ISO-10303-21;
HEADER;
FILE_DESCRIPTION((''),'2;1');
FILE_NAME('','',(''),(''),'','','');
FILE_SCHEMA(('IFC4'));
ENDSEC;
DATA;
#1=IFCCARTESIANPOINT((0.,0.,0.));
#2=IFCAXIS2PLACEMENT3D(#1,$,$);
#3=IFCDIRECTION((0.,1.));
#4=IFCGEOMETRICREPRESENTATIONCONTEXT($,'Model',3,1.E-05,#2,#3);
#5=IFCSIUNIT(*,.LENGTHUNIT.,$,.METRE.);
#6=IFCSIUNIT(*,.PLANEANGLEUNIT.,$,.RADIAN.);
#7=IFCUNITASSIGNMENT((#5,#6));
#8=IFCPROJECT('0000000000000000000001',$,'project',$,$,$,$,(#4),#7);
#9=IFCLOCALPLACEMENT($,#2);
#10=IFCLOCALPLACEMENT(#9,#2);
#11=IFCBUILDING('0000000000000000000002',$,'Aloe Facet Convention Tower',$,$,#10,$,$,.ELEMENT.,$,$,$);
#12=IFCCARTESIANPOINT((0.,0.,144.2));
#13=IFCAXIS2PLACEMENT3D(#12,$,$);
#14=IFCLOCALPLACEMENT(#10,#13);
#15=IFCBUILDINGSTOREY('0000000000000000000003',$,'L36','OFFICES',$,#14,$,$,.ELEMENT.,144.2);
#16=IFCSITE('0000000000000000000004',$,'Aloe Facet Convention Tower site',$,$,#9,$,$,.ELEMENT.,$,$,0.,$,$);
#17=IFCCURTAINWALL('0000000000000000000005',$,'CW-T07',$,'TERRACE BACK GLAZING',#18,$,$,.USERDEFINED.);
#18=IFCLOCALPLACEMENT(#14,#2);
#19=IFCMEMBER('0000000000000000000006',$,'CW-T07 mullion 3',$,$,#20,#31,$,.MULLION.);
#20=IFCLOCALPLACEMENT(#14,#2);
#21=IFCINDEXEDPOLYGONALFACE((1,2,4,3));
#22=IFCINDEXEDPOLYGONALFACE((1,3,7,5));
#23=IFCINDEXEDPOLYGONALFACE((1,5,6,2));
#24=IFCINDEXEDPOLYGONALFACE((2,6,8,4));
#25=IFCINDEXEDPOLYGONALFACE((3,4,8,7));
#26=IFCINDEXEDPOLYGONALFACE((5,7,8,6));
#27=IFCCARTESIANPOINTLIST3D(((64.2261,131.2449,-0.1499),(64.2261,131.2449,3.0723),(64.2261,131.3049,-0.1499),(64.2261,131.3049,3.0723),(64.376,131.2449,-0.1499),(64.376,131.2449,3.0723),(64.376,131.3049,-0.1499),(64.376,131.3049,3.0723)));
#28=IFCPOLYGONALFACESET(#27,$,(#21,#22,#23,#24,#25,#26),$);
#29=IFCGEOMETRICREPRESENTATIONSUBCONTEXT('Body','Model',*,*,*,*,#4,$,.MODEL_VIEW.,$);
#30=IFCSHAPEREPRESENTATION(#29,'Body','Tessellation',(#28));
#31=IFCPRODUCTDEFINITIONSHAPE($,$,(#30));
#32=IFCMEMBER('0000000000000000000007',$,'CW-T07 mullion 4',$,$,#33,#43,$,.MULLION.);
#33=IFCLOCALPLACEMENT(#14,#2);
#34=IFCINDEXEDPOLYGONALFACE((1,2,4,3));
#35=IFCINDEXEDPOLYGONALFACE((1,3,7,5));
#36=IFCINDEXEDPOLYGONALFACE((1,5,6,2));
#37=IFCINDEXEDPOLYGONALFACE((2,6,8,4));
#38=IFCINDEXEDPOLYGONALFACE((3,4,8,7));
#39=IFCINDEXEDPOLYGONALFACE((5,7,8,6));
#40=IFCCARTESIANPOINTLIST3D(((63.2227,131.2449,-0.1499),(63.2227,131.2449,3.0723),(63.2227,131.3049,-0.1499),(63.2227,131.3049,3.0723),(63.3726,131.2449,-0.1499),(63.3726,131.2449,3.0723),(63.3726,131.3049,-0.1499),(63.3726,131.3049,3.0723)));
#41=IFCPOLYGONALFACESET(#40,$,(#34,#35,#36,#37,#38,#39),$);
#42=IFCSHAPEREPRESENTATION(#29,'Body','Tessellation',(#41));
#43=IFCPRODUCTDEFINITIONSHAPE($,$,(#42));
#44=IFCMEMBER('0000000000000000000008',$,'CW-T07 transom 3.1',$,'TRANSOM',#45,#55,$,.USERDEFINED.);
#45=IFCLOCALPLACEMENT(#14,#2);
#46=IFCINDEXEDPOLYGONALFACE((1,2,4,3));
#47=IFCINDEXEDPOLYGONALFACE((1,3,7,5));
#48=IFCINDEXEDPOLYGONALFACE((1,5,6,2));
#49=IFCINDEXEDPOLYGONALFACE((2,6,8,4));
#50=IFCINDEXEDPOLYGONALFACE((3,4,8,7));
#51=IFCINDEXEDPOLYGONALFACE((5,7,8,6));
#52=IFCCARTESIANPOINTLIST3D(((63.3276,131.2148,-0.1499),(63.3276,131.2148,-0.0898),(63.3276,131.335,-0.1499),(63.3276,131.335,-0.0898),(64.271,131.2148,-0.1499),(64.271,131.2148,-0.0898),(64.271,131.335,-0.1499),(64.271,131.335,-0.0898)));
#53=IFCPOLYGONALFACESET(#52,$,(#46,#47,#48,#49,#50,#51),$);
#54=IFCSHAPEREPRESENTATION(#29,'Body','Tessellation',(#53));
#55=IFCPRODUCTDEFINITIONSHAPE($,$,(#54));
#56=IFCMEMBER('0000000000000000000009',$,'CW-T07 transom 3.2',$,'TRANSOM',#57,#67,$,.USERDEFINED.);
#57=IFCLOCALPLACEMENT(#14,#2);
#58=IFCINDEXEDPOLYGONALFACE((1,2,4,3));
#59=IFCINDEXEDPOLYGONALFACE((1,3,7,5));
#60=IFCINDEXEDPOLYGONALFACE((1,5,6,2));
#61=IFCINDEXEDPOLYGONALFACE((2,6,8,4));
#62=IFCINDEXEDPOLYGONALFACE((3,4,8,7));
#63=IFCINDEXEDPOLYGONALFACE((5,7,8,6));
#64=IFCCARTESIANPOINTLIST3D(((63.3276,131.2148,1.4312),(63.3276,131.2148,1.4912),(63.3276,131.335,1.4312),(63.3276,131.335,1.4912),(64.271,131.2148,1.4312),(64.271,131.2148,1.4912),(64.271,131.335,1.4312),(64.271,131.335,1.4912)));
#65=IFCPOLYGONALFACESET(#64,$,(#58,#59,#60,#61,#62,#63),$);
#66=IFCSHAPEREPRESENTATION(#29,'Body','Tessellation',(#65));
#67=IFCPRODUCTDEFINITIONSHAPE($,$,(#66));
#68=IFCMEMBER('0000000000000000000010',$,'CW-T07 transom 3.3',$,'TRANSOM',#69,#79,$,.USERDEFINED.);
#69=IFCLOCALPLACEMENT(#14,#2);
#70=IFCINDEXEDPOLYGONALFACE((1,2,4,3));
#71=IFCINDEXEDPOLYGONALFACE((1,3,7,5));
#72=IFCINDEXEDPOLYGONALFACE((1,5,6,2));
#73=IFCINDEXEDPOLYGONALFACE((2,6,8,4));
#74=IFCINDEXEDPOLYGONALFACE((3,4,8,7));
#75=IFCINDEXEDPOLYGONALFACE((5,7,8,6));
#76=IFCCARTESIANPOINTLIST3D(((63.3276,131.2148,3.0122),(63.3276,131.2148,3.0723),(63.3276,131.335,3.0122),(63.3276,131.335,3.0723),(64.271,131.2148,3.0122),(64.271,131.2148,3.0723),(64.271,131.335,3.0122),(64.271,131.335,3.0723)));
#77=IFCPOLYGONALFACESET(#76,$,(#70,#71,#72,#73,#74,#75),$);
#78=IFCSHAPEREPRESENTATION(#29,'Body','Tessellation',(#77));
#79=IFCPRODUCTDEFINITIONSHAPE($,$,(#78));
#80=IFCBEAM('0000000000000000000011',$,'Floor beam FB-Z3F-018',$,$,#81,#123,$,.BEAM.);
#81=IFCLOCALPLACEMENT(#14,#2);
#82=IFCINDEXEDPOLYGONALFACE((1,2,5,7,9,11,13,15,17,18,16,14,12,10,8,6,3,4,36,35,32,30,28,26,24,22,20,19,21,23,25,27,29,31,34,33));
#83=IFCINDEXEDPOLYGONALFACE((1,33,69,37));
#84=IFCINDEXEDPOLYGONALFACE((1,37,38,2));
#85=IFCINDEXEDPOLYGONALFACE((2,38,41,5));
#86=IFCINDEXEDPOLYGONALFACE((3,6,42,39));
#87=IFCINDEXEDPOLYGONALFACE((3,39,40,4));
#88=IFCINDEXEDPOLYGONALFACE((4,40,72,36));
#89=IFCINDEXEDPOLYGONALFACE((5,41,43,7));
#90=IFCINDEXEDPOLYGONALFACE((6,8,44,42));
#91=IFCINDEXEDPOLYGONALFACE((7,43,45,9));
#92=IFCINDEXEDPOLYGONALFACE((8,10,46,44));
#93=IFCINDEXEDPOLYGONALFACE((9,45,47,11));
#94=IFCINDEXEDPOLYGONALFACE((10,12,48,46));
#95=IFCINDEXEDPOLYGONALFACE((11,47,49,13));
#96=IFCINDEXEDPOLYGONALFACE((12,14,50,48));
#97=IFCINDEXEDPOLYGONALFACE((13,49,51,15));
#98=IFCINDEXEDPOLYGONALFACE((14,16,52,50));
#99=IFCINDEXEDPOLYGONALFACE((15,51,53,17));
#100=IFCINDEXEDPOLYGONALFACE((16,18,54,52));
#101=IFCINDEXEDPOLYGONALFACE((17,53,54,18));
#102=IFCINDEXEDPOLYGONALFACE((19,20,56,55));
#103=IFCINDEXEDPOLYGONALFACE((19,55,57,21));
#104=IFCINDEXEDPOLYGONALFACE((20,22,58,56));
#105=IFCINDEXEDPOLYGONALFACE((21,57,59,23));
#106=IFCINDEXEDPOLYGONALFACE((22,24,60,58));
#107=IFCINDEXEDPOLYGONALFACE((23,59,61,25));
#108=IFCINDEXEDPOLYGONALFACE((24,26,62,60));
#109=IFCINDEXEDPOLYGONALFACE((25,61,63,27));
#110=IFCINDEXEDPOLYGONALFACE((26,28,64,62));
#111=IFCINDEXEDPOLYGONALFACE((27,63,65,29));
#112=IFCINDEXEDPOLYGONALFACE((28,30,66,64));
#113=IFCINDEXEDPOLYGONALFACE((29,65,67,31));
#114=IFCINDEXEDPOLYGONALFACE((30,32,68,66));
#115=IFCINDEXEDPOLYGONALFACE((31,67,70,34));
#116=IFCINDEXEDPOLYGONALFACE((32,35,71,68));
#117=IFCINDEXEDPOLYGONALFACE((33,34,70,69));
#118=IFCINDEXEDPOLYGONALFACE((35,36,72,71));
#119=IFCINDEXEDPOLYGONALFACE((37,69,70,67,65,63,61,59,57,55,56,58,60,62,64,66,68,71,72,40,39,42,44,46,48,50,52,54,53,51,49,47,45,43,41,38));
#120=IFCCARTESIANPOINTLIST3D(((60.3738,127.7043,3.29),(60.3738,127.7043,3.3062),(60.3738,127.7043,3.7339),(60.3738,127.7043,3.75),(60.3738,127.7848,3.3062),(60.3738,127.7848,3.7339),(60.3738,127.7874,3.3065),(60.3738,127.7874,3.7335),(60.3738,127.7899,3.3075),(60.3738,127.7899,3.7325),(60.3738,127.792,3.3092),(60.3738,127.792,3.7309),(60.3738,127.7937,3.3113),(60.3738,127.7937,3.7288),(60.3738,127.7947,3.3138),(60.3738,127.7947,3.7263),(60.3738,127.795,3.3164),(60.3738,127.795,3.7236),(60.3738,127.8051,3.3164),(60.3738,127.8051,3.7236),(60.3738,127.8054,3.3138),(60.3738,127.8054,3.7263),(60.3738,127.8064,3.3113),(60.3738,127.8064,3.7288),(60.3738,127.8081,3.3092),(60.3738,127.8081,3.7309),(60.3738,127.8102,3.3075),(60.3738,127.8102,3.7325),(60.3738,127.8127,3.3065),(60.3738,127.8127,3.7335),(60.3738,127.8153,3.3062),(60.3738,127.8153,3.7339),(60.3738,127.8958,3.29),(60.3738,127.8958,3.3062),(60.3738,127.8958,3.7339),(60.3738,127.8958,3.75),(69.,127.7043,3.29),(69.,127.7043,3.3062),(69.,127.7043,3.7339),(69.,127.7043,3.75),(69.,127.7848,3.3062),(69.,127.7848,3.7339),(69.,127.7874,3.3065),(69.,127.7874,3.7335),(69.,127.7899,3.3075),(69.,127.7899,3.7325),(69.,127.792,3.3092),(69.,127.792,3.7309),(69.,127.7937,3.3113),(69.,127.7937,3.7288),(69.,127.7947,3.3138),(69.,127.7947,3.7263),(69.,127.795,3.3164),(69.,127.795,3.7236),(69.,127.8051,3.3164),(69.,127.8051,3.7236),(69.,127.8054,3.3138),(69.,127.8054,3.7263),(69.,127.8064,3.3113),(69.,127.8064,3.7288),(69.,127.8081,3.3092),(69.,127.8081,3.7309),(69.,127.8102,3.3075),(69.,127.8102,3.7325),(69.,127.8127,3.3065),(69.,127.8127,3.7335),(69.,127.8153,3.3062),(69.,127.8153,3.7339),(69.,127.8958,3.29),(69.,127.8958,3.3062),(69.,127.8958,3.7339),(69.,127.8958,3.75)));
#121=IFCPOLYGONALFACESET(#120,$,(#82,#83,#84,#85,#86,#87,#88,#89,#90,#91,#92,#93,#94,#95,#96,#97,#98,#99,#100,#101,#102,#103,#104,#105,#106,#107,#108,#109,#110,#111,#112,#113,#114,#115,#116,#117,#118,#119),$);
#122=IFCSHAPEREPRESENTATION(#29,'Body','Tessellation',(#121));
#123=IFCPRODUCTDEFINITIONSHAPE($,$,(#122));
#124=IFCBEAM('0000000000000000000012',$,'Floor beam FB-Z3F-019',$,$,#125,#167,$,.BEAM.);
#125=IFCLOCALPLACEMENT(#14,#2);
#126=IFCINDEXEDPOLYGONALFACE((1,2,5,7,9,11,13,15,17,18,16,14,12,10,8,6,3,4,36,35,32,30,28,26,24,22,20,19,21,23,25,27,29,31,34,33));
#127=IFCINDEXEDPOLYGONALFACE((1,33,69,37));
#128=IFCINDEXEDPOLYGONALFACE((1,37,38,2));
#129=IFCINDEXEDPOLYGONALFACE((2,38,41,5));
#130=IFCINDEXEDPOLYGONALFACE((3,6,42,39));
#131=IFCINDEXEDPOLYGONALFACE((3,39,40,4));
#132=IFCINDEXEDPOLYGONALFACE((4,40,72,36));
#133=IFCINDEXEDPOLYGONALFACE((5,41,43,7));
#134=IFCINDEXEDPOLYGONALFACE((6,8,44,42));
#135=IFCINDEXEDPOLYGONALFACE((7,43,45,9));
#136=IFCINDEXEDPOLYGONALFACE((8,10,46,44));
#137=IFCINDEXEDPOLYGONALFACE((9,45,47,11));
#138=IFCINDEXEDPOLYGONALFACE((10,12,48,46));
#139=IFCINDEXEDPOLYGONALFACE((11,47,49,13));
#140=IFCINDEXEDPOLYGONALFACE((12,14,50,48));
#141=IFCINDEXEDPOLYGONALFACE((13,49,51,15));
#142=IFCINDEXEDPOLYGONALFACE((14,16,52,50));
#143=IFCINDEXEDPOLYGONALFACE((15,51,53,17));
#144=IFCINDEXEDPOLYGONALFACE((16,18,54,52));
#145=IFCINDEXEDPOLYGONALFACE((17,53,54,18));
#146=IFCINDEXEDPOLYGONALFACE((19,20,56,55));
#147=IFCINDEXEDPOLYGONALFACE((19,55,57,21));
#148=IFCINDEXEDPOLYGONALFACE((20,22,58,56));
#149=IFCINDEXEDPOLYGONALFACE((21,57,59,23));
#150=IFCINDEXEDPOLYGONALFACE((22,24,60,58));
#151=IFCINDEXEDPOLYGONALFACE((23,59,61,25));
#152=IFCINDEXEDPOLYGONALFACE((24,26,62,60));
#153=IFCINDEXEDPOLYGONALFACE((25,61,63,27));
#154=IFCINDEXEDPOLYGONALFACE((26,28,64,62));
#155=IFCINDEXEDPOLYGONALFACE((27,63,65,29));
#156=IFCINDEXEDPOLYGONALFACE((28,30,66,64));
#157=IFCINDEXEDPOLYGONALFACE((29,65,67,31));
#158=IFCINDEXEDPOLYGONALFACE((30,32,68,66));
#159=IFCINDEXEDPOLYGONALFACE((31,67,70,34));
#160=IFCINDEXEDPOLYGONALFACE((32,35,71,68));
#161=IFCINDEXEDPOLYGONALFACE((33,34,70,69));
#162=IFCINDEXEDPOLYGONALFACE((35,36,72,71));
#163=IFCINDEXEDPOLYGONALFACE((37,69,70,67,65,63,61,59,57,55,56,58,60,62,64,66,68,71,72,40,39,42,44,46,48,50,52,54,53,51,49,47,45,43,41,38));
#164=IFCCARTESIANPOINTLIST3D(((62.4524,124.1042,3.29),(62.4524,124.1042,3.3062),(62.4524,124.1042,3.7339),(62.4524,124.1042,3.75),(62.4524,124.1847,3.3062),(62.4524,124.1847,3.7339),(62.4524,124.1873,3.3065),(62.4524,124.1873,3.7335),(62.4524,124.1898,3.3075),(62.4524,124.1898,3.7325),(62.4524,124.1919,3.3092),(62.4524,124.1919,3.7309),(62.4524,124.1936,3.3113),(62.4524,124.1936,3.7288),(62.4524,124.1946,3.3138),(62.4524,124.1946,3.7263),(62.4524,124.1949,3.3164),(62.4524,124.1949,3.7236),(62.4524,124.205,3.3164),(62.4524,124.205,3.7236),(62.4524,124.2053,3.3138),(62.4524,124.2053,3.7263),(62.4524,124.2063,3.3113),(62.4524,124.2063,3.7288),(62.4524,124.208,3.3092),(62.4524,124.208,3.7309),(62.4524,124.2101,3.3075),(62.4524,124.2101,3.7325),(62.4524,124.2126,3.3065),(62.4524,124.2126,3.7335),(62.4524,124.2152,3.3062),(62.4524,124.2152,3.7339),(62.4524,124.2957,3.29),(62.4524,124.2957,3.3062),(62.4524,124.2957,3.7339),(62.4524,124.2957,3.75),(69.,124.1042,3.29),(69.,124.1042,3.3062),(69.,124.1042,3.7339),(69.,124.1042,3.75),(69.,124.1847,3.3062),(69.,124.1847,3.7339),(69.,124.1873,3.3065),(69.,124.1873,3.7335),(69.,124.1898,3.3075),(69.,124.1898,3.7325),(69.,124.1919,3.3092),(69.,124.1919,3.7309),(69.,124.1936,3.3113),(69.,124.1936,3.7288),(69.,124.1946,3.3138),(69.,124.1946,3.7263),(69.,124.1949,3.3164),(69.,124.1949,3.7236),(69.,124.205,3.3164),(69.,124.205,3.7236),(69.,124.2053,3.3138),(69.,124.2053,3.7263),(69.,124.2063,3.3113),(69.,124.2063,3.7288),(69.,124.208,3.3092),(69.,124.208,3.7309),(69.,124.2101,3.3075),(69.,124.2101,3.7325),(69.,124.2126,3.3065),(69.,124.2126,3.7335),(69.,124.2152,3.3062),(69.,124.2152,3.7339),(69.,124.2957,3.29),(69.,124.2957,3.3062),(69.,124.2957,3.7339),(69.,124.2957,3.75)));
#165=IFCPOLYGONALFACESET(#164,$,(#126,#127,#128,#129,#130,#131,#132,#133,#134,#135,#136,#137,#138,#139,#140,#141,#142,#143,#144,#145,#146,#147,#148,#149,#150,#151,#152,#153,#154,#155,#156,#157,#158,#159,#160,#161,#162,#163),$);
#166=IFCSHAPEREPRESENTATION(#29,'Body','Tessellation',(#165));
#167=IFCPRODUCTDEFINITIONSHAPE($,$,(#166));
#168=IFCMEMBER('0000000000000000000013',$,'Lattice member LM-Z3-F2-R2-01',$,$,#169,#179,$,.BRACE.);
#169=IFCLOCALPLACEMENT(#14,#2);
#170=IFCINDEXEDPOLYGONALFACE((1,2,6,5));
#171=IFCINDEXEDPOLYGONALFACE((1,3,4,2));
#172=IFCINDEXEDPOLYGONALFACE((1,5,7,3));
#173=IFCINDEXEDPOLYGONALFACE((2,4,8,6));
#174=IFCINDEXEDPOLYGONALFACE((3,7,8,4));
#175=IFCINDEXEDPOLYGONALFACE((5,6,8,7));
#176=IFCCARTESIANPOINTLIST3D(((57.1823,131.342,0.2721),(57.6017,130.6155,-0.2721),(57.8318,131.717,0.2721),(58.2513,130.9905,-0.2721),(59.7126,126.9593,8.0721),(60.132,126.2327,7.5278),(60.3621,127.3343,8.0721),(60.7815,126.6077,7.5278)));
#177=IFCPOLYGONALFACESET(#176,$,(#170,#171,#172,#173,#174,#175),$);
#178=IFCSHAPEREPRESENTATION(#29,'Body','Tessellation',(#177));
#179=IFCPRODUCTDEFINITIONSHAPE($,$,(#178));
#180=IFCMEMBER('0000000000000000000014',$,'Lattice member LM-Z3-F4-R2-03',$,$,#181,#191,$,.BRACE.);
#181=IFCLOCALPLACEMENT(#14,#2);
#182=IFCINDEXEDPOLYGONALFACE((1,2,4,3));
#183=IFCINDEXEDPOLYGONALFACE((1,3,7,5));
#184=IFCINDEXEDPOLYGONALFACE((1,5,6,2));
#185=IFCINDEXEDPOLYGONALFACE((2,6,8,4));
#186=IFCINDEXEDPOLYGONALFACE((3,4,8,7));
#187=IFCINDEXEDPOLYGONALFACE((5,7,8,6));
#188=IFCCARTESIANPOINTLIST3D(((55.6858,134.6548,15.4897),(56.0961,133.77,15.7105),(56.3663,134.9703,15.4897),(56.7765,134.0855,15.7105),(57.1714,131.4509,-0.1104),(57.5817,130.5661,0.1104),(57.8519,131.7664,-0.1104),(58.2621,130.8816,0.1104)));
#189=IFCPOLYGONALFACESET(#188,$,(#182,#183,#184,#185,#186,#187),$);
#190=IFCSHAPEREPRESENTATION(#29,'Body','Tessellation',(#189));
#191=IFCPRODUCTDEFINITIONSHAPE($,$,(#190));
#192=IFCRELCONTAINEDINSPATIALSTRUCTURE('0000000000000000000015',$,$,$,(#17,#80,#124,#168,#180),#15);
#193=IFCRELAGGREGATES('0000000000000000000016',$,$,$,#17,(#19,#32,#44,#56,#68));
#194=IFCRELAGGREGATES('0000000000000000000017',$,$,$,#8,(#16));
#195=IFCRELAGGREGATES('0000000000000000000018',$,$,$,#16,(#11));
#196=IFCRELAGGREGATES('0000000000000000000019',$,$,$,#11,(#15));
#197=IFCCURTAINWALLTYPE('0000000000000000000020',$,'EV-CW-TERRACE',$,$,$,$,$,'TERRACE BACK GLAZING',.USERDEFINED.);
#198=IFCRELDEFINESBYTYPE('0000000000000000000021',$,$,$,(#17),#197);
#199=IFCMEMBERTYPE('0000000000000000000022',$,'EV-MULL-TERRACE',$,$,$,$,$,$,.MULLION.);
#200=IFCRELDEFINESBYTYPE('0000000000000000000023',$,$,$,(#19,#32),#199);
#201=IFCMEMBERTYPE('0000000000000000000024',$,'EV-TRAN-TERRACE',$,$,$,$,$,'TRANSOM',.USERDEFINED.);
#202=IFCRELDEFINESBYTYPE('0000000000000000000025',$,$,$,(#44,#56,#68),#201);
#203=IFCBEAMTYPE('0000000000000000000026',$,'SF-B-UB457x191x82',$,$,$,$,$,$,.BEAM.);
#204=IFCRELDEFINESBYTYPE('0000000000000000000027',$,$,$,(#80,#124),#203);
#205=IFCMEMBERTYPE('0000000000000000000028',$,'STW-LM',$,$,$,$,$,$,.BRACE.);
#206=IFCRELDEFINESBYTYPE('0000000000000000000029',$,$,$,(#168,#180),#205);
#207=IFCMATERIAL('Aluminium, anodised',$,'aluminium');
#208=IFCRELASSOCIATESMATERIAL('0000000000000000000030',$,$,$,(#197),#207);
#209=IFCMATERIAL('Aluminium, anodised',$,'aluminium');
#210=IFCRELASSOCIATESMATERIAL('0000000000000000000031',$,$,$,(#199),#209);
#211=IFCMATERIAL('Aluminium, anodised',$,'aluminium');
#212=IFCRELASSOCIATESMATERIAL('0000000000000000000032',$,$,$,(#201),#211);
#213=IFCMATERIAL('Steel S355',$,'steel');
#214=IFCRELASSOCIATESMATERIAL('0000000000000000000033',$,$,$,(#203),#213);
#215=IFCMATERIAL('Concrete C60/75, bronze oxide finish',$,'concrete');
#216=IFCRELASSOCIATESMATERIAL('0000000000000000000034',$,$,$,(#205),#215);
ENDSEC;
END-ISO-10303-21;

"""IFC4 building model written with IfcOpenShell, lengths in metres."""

from ifc_helpers import new_model, si_unit, direction, frame, origin, origin_2d, place, context, subcontext, project, spatial, rectangle, i_section, extrude, material, material_profile, profile_set, type_object, element, aggregate, save


model = new_model("IFC4")

# Units and contexts
model_context = context("Model", 3, precision=1e-05, world=origin(), true_north=direction((0.0, 1.0)))
body_context = subcontext(model_context, "Body", "Model", "MODEL_VIEW")
ifc_project = project(units=[si_unit("LENGTHUNIT", "METRE"), si_unit("PLANEANGLEUNIT", "RADIAN")], contexts=[model_context])

# Site, building, storey
site_placement = place(None, origin())
site = spatial("IfcSite", under=ifc_project, at=site_placement, Name="Aloe Facet Convention Tower site", CompositionType="ELEMENT", RefElevation=0.0)
building_placement = place(site_placement, origin())
building = spatial("IfcBuilding", under=site, at=building_placement, Name="Aloe Facet Convention Tower", CompositionType="ELEMENT")
storey_placement = place(building_placement, frame((0.0, 0.0, 144.2)))
storey = spatial("IfcBuildingStorey", under=building, at=storey_placement, Name="L36", Description="OFFICES", CompositionType="ELEMENT", Elevation=144.2)

# Curtain wall, members
ifc_material_1 = material(Name="Aluminium, anodised", Category="aluminium")
curtain_wall_type = type_object("IfcCurtainWallType", Name="EV-CW-TERRACE", ElementType="TERRACE BACK GLAZING", PredefinedType="USERDEFINED", material=ifc_material_1)
curtain_wall_placement = place(storey_placement, origin())
curtain_wall = element("IfcCurtainWall", 1, at=curtain_wall_placement, inside=storey, type_object=curtain_wall_type, Name="CW-T07", ObjectType="TERRACE BACK GLAZING", PredefinedType="USERDEFINED")
ifc_material_2 = material(Name="Aluminium, anodised", Category="aluminium")
ifc_material_profile_1 = material_profile(ifc_material_2, rectangle(XDim=0.0601, YDim=0.1499, at=origin_2d()), Name="AL 60x150")
ifc_profile_set_1 = profile_set([ifc_material_profile_1], Name="Aluminium, anodised")
member_type_1 = type_object("IfcMemberType", Name="EV-MULL-TERRACE", PredefinedType="MULLION", material=ifc_profile_set_1)
member_1_placement = place(storey_placement, frame((64.301, 131.2749, -0.1499), z_axis=(0.0, 0.0, 1.0), x_axis=(0.0, -1.0, 0.0)))
member_1 = element("IfcMember", 2, at=member_1_placement, type_object=member_type_1, Name="CW-T07 mullion 3", PredefinedType="MULLION", context=body_context, shape_type="SweptSolid", body=[
    extrude(rectangle(XDim=0.0601, YDim=0.1499, at=origin_2d()), origin(), (0.0, 0.0, 1.0), 3.2222),
])
member_2_placement = place(storey_placement, frame((63.2976, 131.2749, -0.1499), z_axis=(0.0, 0.0, 1.0), x_axis=(0.0, -1.0, 0.0)))
member_2 = element("IfcMember", 3, at=member_2_placement, type_object=member_type_1, Name="CW-T07 mullion 4", PredefinedType="MULLION", context=body_context, shape_type="SweptSolid", body=[
    extrude(rectangle(XDim=0.0601, YDim=0.1499, at=origin_2d()), origin(), (0.0, 0.0, 1.0), 3.2222),
])
ifc_material_3 = material(Name="Aluminium, anodised", Category="aluminium")
ifc_material_profile_2 = material_profile(ifc_material_3, rectangle(XDim=0.1201, YDim=0.0601, at=origin_2d()), Name="AL 120x60")
ifc_profile_set_2 = profile_set([ifc_material_profile_2], Name="Aluminium, anodised")
member_type_2 = type_object("IfcMemberType", Name="EV-TRAN-TERRACE", ElementType="TRANSOM", PredefinedType="USERDEFINED", material=ifc_profile_set_2)
member_3_placement = place(storey_placement, frame((64.271, 131.2749, -0.1199), z_axis=(-1.0, 0.0, 0.0), x_axis=(0.0, -1.0, 0.0)))
member_3 = element("IfcMember", 4, at=member_3_placement, type_object=member_type_2, Name="CW-T07 transom 3.1", ObjectType="TRANSOM", PredefinedType="USERDEFINED", context=body_context, shape_type="SweptSolid", body=[
    extrude(rectangle(XDim=0.1201, YDim=0.0601, at=origin_2d()), origin(), (0.0, 0.0, 1.0), 0.9434),
])
member_4_placement = place(storey_placement, frame((64.271, 131.2749, 1.4612), z_axis=(-1.0, 0.0, 0.0), x_axis=(0.0, -1.0, 0.0)))
member_4 = element("IfcMember", 5, at=member_4_placement, type_object=member_type_2, Name="CW-T07 transom 3.2", ObjectType="TRANSOM", PredefinedType="USERDEFINED", context=body_context, shape_type="SweptSolid", body=[
    extrude(rectangle(XDim=0.1201, YDim=0.0601, at=origin_2d()), origin(), (0.0, 0.0, 1.0), 0.9434),
])
member_5_placement = place(storey_placement, frame((64.271, 131.2749, 3.0422), z_axis=(-1.0, 0.0, 0.0), x_axis=(0.0, -1.0, 0.0)))
member_5 = element("IfcMember", 6, at=member_5_placement, type_object=member_type_2, Name="CW-T07 transom 3.3", ObjectType="TRANSOM", PredefinedType="USERDEFINED", context=body_context, shape_type="SweptSolid", body=[
    extrude(rectangle(XDim=0.1201, YDim=0.0601, at=origin_2d()), origin(), (0.0, 0.0, 1.0), 0.9434),
])

# Beams
ifc_material_4 = material(Name="Steel S355", Category="steel")
ifc_material_profile_3 = material_profile(ifc_material_4, i_section(OverallWidth=0.1914, OverallDepth=0.46, WebThickness=0.01, FlangeThickness=0.0161, FilletRadius=0.0103, at=origin_2d()), Name="UB 457x191x82")
ifc_profile_set_3 = profile_set([ifc_material_profile_3], Name="Steel S355")
beam_type = type_object("IfcBeamType", Name="SF-B-UB457x191x82", PredefinedType="BEAM", material=ifc_profile_set_3)
beam_1_placement = place(storey_placement, frame((60.3738, 127.8, 3.52), z_axis=(1.0, 0.0, 0.0), x_axis=(0.0, 1.0, 0.0)))
element("IfcBeam", 7, at=beam_1_placement, inside=storey, type_object=beam_type, Name="Floor beam FB-Z3F-018", PredefinedType="BEAM", context=body_context, shape_type="SweptSolid", body=[
    extrude(i_section(OverallWidth=0.1914, OverallDepth=0.46, WebThickness=0.01, FlangeThickness=0.0161, FilletRadius=0.0103, at=origin_2d()), origin(), (0.0, 0.0, 1.0), 8.6262),
])
beam_2_placement = place(storey_placement, frame((62.4524, 124.2, 3.52), z_axis=(1.0, 0.0, 0.0), x_axis=(0.0, 1.0, 0.0)))
element("IfcBeam", 8, at=beam_2_placement, inside=storey, type_object=beam_type, Name="Floor beam FB-Z3F-019", PredefinedType="BEAM", context=body_context, shape_type="SweptSolid", body=[
    extrude(i_section(OverallWidth=0.1914, OverallDepth=0.46, WebThickness=0.01, FlangeThickness=0.0161, FilletRadius=0.0103, at=origin_2d()), origin(), (0.0, 0.0, 1.0), 6.5476),
])

# Members
ifc_material_5 = material(Name="Concrete C60/75, bronze oxide finish", Category="concrete")
ifc_material_profile_4 = material_profile(ifc_material_5, rectangle(XDim=0.75, YDim=1.0, at=origin_2d()), Name="STW-LM")
ifc_profile_set_4 = profile_set([ifc_material_profile_4], Name="Concrete C60/75, bronze oxide finish")
member_type_3 = type_object("IfcMemberType", Name="STW-LM", PredefinedType="BRACE", material=ifc_profile_set_4)
member_6_placement = place(storey_placement, frame((57.7168, 131.1663, 0.0), z_axis=(0.272132, -0.471373, 0.838899), x_axis=(0.866038, 0.499979, 0.0)))
element("IfcMember", 9, at=member_6_placement, inside=storey, type_object=member_type_3, Name="Lattice member LM-Z3-F2-R2-01", PredefinedType="BRACE", context=body_context, shape_type="SweptSolid", body=[
    extrude(rectangle(XDim=0.75, YDim=1.0, at=origin_2d()), origin(), (0.0, 0.0, 1.0), 9.2979),
])
member_7_placement = place(storey_placement, frame((57.7168, 131.1663, 0.0), z_axis=(-0.09288, 0.200306, 0.975321), x_axis=(-0.907215, -0.420666, 0.0)))
element("IfcMember", 10, at=member_7_placement, inside=storey, type_object=member_type_3, Name="Lattice member LM-Z3-F4-R2-03", PredefinedType="BRACE", context=body_context, shape_type="SweptSolid", body=[
    extrude(rectangle(XDim=0.75, YDim=1.0, at=origin_2d()), origin(), (0.0, 0.0, 1.0), 15.9949),
])

aggregate(curtain_wall, [member_1, member_2, member_3, member_4, member_5])

save(model, "model.ifc")
